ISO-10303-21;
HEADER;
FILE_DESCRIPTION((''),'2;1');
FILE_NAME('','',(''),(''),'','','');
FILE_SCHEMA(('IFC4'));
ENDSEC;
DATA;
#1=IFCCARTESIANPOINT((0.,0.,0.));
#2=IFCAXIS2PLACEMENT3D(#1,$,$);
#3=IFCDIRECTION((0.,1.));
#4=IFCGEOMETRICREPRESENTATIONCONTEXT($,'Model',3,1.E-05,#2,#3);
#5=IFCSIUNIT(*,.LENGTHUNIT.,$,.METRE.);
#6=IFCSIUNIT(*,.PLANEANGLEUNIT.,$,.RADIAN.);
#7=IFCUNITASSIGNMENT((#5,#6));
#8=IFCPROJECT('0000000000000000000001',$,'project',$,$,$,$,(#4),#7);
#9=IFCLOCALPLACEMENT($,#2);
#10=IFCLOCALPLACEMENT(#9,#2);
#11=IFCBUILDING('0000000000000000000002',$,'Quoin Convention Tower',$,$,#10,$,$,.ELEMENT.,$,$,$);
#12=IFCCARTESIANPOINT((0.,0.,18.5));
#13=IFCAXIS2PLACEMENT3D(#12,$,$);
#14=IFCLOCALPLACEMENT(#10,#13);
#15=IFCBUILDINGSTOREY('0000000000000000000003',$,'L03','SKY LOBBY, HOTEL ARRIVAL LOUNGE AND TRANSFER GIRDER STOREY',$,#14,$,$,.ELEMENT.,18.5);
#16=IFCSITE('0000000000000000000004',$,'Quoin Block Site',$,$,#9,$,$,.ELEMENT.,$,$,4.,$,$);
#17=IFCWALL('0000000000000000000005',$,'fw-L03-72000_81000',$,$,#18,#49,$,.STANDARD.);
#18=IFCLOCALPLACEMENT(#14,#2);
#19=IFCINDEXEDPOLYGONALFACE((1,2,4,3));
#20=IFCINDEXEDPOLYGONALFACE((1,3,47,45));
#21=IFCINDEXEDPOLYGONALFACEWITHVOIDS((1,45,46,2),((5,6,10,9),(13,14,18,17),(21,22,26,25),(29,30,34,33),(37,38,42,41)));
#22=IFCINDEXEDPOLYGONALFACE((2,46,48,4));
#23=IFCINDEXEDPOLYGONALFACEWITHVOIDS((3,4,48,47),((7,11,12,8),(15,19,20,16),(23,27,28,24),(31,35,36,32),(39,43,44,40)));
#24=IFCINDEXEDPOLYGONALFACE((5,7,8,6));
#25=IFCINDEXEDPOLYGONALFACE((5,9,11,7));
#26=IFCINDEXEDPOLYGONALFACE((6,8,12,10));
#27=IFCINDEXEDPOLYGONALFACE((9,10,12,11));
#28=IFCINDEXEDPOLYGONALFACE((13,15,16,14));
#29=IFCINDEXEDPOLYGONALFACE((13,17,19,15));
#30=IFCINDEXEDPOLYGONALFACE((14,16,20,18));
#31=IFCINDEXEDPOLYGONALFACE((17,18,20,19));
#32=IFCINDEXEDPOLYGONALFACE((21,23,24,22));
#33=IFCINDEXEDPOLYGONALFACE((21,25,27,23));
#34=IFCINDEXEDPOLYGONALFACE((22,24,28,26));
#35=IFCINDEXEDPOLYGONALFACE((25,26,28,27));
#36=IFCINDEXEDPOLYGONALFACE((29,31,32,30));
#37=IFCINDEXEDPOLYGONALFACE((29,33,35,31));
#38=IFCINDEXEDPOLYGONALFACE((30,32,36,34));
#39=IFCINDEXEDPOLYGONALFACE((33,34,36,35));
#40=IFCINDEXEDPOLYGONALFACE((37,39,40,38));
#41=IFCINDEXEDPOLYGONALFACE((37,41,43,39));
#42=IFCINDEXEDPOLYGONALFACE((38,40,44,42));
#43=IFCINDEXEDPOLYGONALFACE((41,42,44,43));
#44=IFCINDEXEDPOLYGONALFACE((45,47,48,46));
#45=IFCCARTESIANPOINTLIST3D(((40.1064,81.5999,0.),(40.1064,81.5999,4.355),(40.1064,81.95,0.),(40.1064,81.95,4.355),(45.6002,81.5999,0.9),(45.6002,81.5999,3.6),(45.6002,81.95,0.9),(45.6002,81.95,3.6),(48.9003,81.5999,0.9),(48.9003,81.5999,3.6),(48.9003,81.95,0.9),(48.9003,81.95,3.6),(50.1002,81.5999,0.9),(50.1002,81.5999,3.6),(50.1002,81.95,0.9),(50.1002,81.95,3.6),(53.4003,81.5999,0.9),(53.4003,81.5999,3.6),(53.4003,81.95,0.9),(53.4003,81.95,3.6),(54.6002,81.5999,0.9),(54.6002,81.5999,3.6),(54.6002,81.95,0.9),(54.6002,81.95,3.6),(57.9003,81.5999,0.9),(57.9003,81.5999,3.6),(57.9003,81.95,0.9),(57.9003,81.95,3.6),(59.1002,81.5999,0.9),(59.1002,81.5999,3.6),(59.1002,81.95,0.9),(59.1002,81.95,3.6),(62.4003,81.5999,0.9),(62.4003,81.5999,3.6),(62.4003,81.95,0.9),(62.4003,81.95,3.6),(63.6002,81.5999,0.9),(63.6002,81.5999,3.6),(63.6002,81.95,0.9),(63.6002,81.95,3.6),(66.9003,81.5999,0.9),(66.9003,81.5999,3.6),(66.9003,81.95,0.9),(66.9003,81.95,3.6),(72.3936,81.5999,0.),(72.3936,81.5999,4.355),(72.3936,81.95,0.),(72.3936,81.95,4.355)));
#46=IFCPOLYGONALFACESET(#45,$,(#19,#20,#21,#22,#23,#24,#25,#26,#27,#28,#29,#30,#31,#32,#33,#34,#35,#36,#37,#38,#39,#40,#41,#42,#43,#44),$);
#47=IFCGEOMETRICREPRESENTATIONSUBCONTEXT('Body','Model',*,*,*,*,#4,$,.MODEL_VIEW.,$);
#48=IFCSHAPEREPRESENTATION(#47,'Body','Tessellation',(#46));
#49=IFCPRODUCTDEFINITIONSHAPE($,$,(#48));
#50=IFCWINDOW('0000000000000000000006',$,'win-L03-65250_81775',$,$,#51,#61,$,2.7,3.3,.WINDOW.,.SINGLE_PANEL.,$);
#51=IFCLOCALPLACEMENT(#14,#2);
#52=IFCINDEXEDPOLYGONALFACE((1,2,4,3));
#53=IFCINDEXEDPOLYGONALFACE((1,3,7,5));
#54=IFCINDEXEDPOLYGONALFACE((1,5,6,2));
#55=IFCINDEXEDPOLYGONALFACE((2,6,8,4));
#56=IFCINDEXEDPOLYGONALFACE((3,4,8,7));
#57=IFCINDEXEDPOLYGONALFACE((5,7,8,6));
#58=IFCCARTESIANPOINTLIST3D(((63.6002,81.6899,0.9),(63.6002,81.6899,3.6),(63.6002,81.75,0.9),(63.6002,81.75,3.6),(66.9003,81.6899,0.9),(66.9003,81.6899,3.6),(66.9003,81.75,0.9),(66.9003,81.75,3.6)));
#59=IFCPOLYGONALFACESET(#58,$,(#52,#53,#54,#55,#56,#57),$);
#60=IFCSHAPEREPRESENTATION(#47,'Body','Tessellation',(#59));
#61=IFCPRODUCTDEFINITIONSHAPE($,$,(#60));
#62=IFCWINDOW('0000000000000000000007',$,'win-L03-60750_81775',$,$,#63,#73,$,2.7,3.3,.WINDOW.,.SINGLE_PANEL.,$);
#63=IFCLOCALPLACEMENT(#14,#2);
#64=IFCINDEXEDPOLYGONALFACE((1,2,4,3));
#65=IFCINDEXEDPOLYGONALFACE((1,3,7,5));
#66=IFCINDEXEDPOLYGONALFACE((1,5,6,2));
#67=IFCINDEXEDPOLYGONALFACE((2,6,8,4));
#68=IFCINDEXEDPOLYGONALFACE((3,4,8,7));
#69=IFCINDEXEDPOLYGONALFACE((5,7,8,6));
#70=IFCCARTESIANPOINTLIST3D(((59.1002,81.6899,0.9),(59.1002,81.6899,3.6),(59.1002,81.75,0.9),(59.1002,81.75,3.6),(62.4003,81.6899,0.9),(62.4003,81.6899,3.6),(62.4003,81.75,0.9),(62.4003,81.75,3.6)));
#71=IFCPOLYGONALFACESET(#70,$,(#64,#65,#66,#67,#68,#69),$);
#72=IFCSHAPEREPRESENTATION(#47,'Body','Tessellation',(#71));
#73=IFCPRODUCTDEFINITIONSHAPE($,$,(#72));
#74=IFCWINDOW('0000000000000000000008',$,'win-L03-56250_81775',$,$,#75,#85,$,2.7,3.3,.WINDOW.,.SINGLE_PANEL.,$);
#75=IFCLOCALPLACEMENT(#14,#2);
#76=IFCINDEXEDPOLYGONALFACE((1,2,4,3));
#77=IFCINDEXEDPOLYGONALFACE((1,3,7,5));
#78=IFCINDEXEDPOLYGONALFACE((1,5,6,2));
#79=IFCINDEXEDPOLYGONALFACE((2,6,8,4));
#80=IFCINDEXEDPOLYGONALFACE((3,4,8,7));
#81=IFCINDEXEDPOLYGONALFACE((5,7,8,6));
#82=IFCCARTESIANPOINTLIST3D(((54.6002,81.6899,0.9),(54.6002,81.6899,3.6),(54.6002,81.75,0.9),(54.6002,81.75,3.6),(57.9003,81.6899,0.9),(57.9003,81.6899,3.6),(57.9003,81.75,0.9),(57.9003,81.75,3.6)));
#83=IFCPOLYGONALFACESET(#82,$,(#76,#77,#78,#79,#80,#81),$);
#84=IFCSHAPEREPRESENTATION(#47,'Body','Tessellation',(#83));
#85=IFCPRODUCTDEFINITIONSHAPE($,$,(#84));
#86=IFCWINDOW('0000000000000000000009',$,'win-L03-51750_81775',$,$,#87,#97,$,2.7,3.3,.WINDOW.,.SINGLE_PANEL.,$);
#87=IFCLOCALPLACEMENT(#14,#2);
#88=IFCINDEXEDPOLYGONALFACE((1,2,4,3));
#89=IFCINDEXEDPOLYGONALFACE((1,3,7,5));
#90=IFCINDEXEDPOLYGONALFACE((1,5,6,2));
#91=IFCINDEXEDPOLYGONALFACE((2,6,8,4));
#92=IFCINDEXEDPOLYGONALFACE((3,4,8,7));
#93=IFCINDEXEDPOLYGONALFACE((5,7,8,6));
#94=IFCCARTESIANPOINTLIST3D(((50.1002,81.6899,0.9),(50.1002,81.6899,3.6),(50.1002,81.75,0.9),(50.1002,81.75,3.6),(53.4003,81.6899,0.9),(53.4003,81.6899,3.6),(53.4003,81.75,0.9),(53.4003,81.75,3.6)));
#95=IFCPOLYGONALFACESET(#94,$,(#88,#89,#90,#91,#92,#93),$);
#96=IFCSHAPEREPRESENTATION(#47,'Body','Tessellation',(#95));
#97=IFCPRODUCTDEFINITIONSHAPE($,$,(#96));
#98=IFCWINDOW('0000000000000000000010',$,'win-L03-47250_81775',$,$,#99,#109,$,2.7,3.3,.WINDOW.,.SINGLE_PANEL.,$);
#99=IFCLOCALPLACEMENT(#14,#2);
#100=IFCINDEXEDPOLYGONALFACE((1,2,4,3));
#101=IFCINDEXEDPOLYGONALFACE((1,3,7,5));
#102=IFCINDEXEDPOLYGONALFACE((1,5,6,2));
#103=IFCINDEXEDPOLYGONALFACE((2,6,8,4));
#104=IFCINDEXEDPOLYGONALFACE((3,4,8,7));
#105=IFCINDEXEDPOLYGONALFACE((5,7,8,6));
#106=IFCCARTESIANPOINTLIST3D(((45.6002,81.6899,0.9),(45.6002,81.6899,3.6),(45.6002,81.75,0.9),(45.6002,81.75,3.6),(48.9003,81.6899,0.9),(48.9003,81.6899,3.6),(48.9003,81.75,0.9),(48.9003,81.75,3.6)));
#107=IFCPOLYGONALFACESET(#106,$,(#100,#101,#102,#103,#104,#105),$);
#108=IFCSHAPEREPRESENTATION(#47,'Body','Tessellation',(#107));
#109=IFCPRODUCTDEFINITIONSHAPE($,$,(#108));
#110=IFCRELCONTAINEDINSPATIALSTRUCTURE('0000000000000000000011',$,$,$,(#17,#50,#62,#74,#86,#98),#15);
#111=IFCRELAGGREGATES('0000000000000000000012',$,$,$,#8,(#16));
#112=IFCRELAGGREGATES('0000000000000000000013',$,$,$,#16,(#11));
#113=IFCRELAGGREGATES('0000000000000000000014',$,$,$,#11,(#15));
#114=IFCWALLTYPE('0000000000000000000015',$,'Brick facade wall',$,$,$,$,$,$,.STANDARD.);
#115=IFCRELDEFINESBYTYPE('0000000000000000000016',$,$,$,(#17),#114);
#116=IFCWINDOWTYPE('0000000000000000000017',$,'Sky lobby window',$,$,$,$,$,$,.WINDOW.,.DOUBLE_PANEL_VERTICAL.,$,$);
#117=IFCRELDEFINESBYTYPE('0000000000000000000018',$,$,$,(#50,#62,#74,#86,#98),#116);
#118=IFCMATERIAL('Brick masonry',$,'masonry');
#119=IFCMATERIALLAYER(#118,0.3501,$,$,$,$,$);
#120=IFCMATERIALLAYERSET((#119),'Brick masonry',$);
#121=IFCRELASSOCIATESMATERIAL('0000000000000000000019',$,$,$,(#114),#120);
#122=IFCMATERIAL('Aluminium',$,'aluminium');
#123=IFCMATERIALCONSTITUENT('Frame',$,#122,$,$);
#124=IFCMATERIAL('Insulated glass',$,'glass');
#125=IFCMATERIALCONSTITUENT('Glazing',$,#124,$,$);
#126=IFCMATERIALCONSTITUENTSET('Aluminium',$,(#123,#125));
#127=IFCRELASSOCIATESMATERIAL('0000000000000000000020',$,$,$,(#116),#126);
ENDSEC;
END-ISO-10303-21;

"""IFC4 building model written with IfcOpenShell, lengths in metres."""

from ifc_helpers import new_model, si_unit, direction, frame, frame_2d, origin, place, context, subcontext, project, spatial, rectangle, extrude, material, layer, layer_set, constituent, constituent_set, type_object, element, fill, save


model = new_model("IFC4")

# Units and contexts
model_context = context("Model", 3, precision=1e-05, world=origin(), true_north=direction((0.0, 1.0)))
body_context = subcontext(model_context, "Body", "Model", "MODEL_VIEW")
ifc_project = project(units=[si_unit("LENGTHUNIT", "METRE"), si_unit("PLANEANGLEUNIT", "RADIAN")], contexts=[model_context])

# Site, building, storey
site_placement = place(None, origin())
site = spatial("IfcSite", under=ifc_project, at=site_placement, Name="Quoin Block Site", CompositionType="ELEMENT", RefElevation=4.0)
building_placement = place(site_placement, origin())
building = spatial("IfcBuilding", under=site, at=building_placement, Name="Quoin Convention Tower", CompositionType="ELEMENT")
storey_placement = place(building_placement, frame((0.0, 0.0, 18.5)))
storey = spatial("IfcBuildingStorey", under=building, at=storey_placement, Name="L03", Description="SKY LOBBY, HOTEL ARRIVAL LOUNGE AND TRANSFER GIRDER STOREY", CompositionType="ELEMENT", Elevation=18.5)

# Shared definitions
ifc_material_1 = material(Name="Brick masonry", Category="masonry")
ifc_layer = layer(ifc_material_1, 0.3501)
ifc_layer_set = layer_set([ifc_layer], Name="Brick masonry")
wall_type = type_object("IfcWallType", Name="Brick facade wall", PredefinedType="STANDARD", material=ifc_layer_set)
ifc_material_2 = material(Name="Aluminium", Category="aluminium")
ifc_constituent_1 = constituent(ifc_material_2, Name="Frame")
ifc_material_3 = material(Name="Insulated glass", Category="glass")
ifc_constituent_2 = constituent(ifc_material_3, Name="Glazing")
ifc_constituent_set = constituent_set(constituents=[ifc_constituent_1, ifc_constituent_2], Name="Aluminium")
window_type = type_object("IfcWindowType", Name="Sky lobby window", PartitioningType="DOUBLE_PANEL_VERTICAL", PredefinedType="WINDOW", material=ifc_constituent_set)

# Wall, openings, windows
wall_1_placement = place(storey_placement, frame((72.3936, 81.7749, 0.0), z_axis=(0.0, 0.0, 1.0), x_axis=(-1.0, 0.0, 0.0)))
wall_1 = element("IfcWall", 1, at=wall_1_placement, inside=storey, type_object=wall_type, Name="fw-L03-72000_81000", PredefinedType="STANDARD", context=body_context, shape_type="SweptSolid", body=[
    extrude(rectangle(XDim=32.2871, YDim=0.3501, at=frame_2d((16.1436, 0.0))), origin(), (0.0, 0.0, 1.0), 4.355),
])
opening_1_placement = place(wall_1_placement, frame((5.4934, 0.0, 0.8999)))
opening_1 = element("IfcOpeningElement", 2, at=opening_1_placement, cuts=wall_1, PredefinedType="OPENING", context=body_context, shape_type="SweptSolid", body=[
    extrude(rectangle(XDim=3.3, YDim=2.7, at=frame_2d((1.6499, 1.3501))), frame((0.0, 0.1851, 0.0), z_axis=(0.0, -1.0, 0.0), x_axis=(1.0, 0.0, 0.0)), (0.0, 0.0, 1.0), 0.3701),
])
opening_2_placement = place(wall_1_placement, frame((9.9934, 0.0, 0.8999)))
opening_2 = element("IfcOpeningElement", 3, at=opening_2_placement, cuts=wall_1, PredefinedType="OPENING", context=body_context, shape_type="SweptSolid", body=[
    extrude(rectangle(XDim=3.3, YDim=2.7, at=frame_2d((1.6499, 1.3501))), frame((0.0, 0.1851, 0.0), z_axis=(0.0, -1.0, 0.0), x_axis=(1.0, 0.0, 0.0)), (0.0, 0.0, 1.0), 0.3701),
])
opening_3_placement = place(wall_1_placement, frame((14.4934, 0.0, 0.8999)))
opening_3 = element("IfcOpeningElement", 4, at=opening_3_placement, cuts=wall_1, PredefinedType="OPENING", context=body_context, shape_type="SweptSolid", body=[
    extrude(rectangle(XDim=3.3, YDim=2.7, at=frame_2d((1.6499, 1.3501))), frame((0.0, 0.1851, 0.0), z_axis=(0.0, -1.0, 0.0), x_axis=(1.0, 0.0, 0.0)), (0.0, 0.0, 1.0), 0.3701),
])
opening_4_placement = place(wall_1_placement, frame((18.9934, 0.0, 0.8999)))
opening_4 = element("IfcOpeningElement", 5, at=opening_4_placement, cuts=wall_1, PredefinedType="OPENING", context=body_context, shape_type="SweptSolid", body=[
    extrude(rectangle(XDim=3.3, YDim=2.7, at=frame_2d((1.6499, 1.3501))), frame((0.0, 0.1851, 0.0), z_axis=(0.0, -1.0, 0.0), x_axis=(1.0, 0.0, 0.0)), (0.0, 0.0, 1.0), 0.3701),
])
opening_5_placement = place(wall_1_placement, frame((23.4934, 0.0, 0.8999)))
opening_5 = element("IfcOpeningElement", 6, at=opening_5_placement, cuts=wall_1, PredefinedType="OPENING", context=body_context, shape_type="SweptSolid", body=[
    extrude(rectangle(XDim=3.3, YDim=2.7, at=frame_2d((1.6499, 1.3501))), frame((0.0, 0.1851, 0.0), z_axis=(0.0, -1.0, 0.0), x_axis=(1.0, 0.0, 0.0)), (0.0, 0.0, 1.0), 0.3701),
])
window_1_placement = place(opening_1_placement, origin())
window_1 = element("IfcWindow", 7, at=window_1_placement, inside=storey, type_object=window_type, Name="win-L03-65250_81775", OverallHeight=2.7, OverallWidth=3.3, PartitioningType="SINGLE_PANEL", PredefinedType="WINDOW", context=body_context, shape_type="SweptSolid", body=[
    extrude(rectangle(XDim=3.3, YDim=2.7, at=frame_2d((1.6499, 1.3501))), frame((0.0, 0.085, 0.0), z_axis=(0.0, -1.0, 0.0), x_axis=(1.0, 0.0, 0.0)), (0.0, 0.0, 1.0), 0.0601),
])
fill(opening_1, window_1)
window_2_placement = place(opening_2_placement, origin())
window_2 = element("IfcWindow", 8, at=window_2_placement, inside=storey, type_object=window_type, Name="win-L03-60750_81775", OverallHeight=2.7, OverallWidth=3.3, PartitioningType="SINGLE_PANEL", PredefinedType="WINDOW", context=body_context, shape_type="SweptSolid", body=[
    extrude(rectangle(XDim=3.3, YDim=2.7, at=frame_2d((1.6499, 1.3501))), frame((0.0, 0.085, 0.0), z_axis=(0.0, -1.0, 0.0), x_axis=(1.0, 0.0, 0.0)), (0.0, 0.0, 1.0), 0.0601),
])
fill(opening_2, window_2)
window_3_placement = place(opening_3_placement, origin())
window_3 = element("IfcWindow", 9, at=window_3_placement, inside=storey, type_object=window_type, Name="win-L03-56250_81775", OverallHeight=2.7, OverallWidth=3.3, PartitioningType="SINGLE_PANEL", PredefinedType="WINDOW", context=body_context, shape_type="SweptSolid", body=[
    extrude(rectangle(XDim=3.3, YDim=2.7, at=frame_2d((1.6499, 1.3501))), frame((0.0, 0.085, 0.0), z_axis=(0.0, -1.0, 0.0), x_axis=(1.0, 0.0, 0.0)), (0.0, 0.0, 1.0), 0.0601),
])
fill(opening_3, window_3)
window_4_placement = place(opening_4_placement, origin())
window_4 = element("IfcWindow", 10, at=window_4_placement, inside=storey, type_object=window_type, Name="win-L03-51750_81775", OverallHeight=2.7, OverallWidth=3.3, PartitioningType="SINGLE_PANEL", PredefinedType="WINDOW", context=body_context, shape_type="SweptSolid", body=[
    extrude(rectangle(XDim=3.3, YDim=2.7, at=frame_2d((1.6499, 1.3501))), frame((0.0, 0.085, 0.0), z_axis=(0.0, -1.0, 0.0), x_axis=(1.0, 0.0, 0.0)), (0.0, 0.0, 1.0), 0.0601),
])
fill(opening_4, window_4)
window_5_placement = place(opening_5_placement, origin())
window_5 = element("IfcWindow", 11, at=window_5_placement, inside=storey, type_object=window_type, Name="win-L03-47250_81775", OverallHeight=2.7, OverallWidth=3.3, PartitioningType="SINGLE_PANEL", PredefinedType="WINDOW", context=body_context, shape_type="SweptSolid", body=[
    extrude(rectangle(XDim=3.3, YDim=2.7, at=frame_2d((1.6499, 1.3501))), frame((0.0, 0.085, 0.0), z_axis=(0.0, -1.0, 0.0), x_axis=(1.0, 0.0, 0.0)), (0.0, 0.0, 1.0), 0.0601),
])
fill(opening_5, window_5)

save(model, "model.ifc")
